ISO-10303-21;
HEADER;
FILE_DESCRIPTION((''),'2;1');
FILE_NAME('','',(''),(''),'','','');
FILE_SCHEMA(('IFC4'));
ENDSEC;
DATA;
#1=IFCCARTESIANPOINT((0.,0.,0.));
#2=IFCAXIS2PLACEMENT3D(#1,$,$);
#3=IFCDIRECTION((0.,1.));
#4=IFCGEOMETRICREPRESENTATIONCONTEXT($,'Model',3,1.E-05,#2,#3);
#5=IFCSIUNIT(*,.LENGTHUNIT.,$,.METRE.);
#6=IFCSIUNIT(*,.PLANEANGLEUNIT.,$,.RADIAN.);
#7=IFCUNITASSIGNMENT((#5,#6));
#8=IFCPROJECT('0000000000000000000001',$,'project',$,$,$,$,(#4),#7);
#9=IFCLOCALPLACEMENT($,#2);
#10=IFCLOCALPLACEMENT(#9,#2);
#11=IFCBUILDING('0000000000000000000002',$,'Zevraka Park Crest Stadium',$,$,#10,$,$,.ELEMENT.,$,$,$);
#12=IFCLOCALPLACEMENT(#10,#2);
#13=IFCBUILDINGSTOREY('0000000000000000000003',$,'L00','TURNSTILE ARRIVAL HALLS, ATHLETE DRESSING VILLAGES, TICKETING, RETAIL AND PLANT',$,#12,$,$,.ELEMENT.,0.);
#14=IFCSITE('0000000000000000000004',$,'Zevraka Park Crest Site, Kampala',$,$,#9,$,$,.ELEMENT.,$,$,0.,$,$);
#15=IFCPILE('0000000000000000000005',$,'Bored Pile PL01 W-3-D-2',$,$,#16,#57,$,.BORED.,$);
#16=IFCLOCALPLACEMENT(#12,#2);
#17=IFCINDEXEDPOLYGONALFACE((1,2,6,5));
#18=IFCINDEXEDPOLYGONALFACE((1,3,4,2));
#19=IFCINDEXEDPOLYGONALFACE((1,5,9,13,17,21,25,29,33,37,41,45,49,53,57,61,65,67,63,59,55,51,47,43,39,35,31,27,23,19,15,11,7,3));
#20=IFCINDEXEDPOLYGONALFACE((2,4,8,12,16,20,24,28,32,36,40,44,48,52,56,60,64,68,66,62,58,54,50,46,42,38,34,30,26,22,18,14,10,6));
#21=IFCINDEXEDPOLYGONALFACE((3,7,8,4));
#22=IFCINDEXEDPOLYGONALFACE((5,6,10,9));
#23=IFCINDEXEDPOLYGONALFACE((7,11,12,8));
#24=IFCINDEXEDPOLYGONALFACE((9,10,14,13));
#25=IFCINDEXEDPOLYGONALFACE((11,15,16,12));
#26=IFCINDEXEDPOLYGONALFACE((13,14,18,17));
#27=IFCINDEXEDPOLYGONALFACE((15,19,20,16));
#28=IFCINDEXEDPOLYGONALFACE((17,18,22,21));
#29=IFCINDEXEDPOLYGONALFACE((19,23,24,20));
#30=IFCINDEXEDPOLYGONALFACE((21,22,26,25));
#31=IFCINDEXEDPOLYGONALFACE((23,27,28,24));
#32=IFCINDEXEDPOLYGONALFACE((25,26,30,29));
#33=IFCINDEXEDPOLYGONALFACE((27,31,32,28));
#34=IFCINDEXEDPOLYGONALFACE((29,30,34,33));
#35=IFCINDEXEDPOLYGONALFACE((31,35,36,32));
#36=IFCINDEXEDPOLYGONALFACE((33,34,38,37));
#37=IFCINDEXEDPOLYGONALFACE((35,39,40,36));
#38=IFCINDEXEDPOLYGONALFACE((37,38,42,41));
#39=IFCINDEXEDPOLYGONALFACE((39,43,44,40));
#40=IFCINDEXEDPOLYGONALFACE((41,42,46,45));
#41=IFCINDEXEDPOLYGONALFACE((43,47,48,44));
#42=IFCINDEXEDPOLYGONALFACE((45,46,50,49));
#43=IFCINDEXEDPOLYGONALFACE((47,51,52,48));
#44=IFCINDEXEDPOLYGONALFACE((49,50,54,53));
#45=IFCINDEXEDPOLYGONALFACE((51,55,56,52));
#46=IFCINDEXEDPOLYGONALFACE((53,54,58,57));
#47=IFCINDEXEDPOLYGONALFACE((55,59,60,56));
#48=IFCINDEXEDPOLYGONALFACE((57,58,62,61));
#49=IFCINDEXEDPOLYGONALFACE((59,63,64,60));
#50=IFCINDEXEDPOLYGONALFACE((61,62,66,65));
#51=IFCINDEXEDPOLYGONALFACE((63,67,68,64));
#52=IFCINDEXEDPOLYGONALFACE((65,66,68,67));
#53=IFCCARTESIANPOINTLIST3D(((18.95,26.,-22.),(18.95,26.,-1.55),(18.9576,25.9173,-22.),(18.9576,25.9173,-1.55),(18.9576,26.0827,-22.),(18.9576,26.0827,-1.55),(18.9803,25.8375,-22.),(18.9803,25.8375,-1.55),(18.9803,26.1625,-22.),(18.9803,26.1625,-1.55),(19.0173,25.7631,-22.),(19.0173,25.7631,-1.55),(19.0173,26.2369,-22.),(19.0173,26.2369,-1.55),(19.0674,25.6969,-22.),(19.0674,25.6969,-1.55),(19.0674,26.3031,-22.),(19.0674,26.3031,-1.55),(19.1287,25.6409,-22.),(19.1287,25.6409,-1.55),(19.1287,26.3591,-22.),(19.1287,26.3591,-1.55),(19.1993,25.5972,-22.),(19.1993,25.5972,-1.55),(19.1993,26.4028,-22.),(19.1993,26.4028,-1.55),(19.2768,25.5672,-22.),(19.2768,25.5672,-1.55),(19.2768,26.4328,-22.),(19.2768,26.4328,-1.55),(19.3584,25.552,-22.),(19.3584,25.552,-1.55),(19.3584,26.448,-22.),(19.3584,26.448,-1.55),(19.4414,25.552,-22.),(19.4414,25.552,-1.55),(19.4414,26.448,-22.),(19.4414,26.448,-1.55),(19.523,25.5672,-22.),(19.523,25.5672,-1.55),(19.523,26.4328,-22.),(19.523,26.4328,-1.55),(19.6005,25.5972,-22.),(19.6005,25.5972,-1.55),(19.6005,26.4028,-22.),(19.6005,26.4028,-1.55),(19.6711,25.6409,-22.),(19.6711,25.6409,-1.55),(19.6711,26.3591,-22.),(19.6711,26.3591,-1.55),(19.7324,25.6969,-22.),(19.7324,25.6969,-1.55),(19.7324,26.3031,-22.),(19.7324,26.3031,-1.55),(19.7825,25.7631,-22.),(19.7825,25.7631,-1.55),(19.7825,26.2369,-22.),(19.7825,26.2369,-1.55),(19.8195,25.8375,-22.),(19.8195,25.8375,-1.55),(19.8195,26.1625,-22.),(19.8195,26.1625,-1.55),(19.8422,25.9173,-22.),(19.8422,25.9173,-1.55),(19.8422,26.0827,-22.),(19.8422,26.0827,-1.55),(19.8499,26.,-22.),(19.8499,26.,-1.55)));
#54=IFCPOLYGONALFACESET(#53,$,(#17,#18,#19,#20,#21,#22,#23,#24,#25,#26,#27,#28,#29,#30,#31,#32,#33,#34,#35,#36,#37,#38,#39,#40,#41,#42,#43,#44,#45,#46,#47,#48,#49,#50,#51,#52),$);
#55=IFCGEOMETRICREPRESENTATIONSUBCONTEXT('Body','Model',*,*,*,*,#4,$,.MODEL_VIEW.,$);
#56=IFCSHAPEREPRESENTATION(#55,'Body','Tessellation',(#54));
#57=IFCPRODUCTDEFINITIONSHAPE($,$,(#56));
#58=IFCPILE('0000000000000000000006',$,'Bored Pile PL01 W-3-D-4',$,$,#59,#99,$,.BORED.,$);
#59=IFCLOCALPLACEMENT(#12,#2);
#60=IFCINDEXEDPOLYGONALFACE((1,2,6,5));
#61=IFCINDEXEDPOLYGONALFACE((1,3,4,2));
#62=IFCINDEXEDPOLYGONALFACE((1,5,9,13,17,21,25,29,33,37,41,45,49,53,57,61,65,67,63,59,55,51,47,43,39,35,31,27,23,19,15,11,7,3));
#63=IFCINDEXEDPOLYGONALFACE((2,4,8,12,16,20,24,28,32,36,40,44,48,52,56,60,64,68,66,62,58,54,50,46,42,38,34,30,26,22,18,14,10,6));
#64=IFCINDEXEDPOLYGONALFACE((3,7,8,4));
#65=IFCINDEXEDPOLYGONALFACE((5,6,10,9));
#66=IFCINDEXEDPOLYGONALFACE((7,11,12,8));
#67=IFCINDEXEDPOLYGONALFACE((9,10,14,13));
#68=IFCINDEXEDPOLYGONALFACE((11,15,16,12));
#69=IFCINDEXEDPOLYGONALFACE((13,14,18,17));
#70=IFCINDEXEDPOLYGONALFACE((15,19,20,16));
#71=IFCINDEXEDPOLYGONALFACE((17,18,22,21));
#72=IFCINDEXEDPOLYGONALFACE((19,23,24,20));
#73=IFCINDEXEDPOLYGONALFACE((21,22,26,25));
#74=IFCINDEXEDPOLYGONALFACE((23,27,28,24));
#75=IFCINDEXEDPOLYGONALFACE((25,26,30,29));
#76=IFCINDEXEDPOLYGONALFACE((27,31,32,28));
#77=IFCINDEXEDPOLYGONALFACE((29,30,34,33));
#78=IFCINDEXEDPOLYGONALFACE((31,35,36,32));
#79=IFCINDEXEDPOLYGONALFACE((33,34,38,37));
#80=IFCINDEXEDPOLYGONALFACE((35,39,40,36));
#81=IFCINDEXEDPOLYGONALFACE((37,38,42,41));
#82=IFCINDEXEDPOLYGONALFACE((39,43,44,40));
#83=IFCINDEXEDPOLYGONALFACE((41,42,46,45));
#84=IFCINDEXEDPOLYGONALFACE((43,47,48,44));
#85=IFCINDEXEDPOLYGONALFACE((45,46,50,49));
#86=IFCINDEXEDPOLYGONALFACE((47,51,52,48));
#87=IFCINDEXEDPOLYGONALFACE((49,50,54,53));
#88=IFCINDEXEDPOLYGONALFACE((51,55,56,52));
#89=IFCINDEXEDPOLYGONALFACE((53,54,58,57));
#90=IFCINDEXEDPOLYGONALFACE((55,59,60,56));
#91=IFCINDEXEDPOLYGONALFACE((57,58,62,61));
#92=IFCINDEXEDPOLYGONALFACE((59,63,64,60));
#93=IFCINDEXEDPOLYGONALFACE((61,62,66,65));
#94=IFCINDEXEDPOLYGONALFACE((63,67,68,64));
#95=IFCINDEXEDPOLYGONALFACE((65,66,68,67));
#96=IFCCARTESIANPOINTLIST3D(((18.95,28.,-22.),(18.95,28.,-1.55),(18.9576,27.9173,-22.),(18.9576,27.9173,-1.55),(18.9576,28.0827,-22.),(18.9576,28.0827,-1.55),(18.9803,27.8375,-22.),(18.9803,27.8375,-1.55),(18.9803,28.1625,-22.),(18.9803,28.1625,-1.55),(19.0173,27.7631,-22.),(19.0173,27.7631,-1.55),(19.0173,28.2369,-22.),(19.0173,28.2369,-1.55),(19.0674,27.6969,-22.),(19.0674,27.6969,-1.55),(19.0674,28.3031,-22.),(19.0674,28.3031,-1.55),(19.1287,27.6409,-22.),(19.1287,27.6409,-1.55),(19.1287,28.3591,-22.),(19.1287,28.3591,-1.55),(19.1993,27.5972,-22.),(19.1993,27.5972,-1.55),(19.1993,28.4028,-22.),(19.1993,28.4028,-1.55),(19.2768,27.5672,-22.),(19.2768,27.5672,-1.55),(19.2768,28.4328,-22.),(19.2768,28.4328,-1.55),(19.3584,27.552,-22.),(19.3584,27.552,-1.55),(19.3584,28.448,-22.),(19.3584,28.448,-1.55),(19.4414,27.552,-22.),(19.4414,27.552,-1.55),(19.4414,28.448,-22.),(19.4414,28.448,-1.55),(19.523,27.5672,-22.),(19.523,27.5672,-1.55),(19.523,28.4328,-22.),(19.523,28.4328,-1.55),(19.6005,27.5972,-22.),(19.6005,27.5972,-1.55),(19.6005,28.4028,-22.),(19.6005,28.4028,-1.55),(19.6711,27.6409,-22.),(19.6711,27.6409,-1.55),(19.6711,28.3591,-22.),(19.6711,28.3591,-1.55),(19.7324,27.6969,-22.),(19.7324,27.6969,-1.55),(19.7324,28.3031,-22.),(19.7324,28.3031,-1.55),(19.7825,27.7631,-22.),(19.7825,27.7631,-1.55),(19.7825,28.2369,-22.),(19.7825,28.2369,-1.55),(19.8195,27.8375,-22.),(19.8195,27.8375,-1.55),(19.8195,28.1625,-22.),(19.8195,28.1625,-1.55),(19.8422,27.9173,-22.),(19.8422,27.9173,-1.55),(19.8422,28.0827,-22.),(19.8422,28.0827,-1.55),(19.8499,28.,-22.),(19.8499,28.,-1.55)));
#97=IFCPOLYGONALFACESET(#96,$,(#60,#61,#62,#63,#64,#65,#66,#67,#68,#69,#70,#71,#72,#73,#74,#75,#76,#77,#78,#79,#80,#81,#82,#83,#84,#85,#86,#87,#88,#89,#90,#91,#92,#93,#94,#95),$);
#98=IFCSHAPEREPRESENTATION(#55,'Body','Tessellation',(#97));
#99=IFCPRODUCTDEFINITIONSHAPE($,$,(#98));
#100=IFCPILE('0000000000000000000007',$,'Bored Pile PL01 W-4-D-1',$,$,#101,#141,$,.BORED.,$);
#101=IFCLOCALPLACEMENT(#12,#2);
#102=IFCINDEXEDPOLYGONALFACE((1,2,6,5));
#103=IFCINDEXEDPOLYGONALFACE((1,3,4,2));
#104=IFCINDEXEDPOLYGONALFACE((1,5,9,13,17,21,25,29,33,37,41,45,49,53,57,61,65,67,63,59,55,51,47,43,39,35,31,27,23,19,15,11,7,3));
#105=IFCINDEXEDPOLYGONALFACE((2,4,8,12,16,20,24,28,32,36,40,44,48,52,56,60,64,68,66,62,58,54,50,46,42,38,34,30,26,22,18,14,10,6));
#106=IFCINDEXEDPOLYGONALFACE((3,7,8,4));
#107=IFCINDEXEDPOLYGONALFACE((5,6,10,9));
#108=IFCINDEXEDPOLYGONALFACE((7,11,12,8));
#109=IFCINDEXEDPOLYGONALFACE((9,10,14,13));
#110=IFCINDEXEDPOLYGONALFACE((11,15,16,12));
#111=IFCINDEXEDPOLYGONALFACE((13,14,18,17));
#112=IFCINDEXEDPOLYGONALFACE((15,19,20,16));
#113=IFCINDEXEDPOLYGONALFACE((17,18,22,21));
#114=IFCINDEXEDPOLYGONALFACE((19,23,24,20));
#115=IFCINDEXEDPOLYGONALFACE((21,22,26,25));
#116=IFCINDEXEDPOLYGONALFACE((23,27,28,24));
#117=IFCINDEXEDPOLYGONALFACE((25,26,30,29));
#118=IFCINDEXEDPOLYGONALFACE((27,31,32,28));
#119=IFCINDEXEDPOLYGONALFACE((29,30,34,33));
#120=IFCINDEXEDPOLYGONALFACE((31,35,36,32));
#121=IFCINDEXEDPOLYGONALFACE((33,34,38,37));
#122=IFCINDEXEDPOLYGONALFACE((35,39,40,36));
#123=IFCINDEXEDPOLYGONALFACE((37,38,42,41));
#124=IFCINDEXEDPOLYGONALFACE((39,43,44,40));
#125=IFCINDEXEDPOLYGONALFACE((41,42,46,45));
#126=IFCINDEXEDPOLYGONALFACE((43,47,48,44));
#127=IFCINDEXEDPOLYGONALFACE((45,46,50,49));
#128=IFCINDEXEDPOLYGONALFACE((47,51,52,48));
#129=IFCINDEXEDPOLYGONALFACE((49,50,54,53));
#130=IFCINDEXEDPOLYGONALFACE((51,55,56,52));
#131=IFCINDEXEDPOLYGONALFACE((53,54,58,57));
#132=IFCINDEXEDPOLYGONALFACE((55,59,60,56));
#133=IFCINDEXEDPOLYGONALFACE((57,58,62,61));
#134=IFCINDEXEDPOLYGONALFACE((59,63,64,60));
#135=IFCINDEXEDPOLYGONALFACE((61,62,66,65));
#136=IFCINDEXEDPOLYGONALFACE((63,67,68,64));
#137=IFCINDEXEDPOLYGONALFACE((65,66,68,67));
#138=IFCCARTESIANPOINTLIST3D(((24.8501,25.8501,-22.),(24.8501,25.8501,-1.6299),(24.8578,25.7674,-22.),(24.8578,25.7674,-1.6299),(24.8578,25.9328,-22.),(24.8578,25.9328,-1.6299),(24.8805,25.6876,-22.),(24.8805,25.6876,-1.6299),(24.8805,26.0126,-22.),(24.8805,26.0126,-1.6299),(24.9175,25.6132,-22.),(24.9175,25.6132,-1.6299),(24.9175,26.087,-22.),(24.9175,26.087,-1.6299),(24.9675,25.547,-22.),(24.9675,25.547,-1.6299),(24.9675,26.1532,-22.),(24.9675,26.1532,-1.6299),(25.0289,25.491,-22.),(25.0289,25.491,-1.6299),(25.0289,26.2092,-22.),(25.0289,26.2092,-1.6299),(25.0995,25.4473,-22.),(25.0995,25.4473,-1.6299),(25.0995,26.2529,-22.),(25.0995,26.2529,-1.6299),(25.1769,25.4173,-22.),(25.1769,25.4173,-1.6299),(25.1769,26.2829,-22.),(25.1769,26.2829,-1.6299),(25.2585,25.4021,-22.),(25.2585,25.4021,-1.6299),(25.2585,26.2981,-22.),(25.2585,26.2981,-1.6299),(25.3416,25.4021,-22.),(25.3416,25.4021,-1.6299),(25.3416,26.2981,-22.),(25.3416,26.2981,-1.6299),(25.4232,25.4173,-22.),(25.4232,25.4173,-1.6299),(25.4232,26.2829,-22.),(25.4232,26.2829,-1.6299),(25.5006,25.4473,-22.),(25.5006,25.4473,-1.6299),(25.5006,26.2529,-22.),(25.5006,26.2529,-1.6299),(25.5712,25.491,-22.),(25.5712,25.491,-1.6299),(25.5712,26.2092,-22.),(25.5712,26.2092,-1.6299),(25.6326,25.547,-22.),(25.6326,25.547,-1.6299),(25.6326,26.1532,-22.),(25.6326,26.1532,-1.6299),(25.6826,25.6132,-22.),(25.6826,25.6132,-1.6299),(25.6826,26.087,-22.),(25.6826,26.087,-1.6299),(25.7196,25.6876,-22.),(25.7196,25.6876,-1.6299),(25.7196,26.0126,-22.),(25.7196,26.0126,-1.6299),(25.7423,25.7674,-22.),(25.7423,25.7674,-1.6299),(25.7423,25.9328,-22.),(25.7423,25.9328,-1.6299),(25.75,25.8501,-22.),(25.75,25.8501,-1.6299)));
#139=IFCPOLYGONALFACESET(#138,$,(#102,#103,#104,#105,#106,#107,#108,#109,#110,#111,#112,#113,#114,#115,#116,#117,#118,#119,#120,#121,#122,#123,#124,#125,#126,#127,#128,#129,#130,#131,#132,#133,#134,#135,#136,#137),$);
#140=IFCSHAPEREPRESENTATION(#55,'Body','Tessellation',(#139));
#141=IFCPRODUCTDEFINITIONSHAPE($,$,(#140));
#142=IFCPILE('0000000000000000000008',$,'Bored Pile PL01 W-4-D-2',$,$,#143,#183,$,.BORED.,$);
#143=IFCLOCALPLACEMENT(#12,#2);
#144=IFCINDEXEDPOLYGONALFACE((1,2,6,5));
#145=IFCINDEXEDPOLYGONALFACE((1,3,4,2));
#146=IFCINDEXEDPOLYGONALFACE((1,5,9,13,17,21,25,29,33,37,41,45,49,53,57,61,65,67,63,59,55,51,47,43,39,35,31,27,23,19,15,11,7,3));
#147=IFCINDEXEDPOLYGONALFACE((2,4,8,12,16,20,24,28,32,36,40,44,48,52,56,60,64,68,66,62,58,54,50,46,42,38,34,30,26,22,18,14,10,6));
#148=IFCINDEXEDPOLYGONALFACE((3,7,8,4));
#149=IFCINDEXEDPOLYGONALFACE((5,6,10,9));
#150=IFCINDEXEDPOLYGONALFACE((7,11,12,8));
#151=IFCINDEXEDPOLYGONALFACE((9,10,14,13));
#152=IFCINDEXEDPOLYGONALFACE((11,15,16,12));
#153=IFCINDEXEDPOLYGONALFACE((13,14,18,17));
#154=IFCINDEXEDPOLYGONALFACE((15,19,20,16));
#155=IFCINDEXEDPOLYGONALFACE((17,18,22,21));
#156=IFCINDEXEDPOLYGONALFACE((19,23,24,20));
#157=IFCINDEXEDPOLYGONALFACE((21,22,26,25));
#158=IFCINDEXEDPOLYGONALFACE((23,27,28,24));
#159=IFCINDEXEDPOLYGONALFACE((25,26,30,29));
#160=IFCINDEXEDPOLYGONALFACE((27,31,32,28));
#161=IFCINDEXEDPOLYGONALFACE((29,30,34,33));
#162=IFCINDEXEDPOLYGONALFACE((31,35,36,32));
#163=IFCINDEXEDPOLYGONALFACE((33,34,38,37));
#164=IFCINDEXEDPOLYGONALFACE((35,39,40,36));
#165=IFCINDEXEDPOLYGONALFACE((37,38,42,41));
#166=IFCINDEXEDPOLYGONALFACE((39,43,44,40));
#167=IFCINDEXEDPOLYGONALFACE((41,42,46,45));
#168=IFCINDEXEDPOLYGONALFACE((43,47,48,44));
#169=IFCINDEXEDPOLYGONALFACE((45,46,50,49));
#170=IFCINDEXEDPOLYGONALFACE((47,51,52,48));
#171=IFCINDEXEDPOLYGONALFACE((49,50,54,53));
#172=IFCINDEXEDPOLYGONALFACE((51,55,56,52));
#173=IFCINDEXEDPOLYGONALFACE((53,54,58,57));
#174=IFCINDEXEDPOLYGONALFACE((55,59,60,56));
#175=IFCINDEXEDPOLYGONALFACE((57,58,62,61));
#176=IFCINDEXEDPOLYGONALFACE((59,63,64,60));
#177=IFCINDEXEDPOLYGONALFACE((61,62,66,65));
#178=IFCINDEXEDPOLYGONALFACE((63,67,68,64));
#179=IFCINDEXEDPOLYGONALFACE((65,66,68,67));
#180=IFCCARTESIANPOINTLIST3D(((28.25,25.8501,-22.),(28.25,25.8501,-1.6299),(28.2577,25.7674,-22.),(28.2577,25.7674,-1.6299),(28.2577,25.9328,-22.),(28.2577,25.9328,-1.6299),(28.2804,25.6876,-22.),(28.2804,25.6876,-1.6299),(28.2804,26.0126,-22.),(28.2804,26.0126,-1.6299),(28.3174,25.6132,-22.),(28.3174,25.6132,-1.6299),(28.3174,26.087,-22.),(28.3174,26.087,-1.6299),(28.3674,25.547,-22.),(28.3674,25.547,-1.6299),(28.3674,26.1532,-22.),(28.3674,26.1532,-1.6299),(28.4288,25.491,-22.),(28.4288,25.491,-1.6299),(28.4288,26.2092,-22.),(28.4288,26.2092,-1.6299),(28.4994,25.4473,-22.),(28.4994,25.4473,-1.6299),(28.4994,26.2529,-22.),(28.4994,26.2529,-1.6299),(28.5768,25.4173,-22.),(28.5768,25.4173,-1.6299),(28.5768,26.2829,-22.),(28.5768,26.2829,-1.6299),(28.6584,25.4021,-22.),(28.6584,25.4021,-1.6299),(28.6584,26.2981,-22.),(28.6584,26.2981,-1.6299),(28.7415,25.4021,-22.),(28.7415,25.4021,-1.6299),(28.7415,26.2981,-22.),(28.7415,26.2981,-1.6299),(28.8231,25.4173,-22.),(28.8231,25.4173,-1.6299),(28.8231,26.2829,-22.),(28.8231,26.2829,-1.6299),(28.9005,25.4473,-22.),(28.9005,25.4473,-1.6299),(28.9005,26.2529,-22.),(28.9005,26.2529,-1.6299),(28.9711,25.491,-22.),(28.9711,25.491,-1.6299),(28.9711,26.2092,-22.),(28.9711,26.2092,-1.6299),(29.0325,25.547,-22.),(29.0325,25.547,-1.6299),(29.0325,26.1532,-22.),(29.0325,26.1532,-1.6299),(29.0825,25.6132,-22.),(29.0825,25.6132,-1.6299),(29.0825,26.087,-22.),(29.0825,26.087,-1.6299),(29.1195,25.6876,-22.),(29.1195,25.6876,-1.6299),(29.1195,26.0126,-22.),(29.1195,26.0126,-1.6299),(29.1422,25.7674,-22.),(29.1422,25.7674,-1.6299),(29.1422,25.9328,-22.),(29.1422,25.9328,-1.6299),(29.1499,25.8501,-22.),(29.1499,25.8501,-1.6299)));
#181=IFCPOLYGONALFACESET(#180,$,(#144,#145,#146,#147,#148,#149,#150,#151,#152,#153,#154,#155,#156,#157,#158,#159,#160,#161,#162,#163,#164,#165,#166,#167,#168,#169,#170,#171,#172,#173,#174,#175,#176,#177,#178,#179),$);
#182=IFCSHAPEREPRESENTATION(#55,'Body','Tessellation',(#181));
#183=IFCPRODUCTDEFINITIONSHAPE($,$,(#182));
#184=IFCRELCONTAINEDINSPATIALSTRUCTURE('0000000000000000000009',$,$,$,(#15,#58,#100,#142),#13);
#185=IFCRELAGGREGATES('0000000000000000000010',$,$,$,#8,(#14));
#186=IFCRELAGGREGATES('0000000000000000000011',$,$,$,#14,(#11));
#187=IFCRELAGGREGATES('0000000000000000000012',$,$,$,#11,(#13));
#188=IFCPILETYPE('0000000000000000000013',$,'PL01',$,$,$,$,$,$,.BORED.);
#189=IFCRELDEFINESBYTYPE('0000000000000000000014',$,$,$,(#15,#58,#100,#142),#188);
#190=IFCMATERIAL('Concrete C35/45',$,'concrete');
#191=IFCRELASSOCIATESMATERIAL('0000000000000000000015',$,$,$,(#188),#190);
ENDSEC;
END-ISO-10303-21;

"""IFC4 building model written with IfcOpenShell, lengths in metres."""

from ifc_helpers import new_model, si_unit, direction, frame, origin, origin_2d, place, context, subcontext, project, spatial, circle, extrude, material, material_profile, profile_set, type_object, element, save


model = new_model("IFC4")

# Units and contexts
model_context = context("Model", 3, precision=1e-05, world=origin(), true_north=direction((0.0, 1.0)))
body_context = subcontext(model_context, "Body", "Model", "MODEL_VIEW")
ifc_project = project(units=[si_unit("LENGTHUNIT", "METRE"), si_unit("PLANEANGLEUNIT", "RADIAN")], contexts=[model_context])

# Site, building, storey
site_placement = place(None, origin())
site = spatial("IfcSite", under=ifc_project, at=site_placement, Name="Zevraka Park Crest Site, Kampala", CompositionType="ELEMENT", RefElevation=0.0)
building_placement = place(site_placement, origin())
building = spatial("IfcBuilding", under=site, at=building_placement, Name="Zevraka Park Crest Stadium", CompositionType="ELEMENT")
storey_placement = place(building_placement, origin())
storey = spatial("IfcBuildingStorey", under=building, at=storey_placement, Name="L00", Description="TURNSTILE ARRIVAL HALLS, ATHLETE DRESSING VILLAGES, TICKETING, RETAIL AND PLANT", CompositionType="ELEMENT", Elevation=0.0)

# Piles
ifc_material_1 = material(Name="Concrete C35/45", Category="concrete")
ifc_material_profile_1 = material_profile(ifc_material_1, circle(Radius=0.45, at=origin_2d()), Name="PILE D900")
ifc_profile_set_1 = profile_set([ifc_material_profile_1], Name="Concrete C35/45")
pile_type_1 = type_object("IfcPileType", Name="PL01", PredefinedType="BORED", material=ifc_profile_set_1)
for number, where, z_axis, x_axis, name in (
    (1, (19.3999, 26.0, -1.55), (0.0, 0.0, -1.0), (1.0, 0.0, 0.0), "Bored Pile PL01 W-3-D-2"),
    (2, (19.3999, 28.0, -1.55), (0.0, 0.0, -1.0), (1.0, 0.0, 0.0), "Bored Pile PL01 W-3-D-4"),
):
    element("IfcPile", number, at=place(storey_placement, frame(where, z_axis=z_axis, x_axis=x_axis)), inside=storey, type_object=pile_type_1, Name=name, PredefinedType="BORED", context=body_context, shape_type="SweptSolid", body=[
        extrude(circle(Radius=0.45, at=origin_2d()), origin(), (0.0, 0.0, 1.0), 20.45),
    ])
for number, where, z_axis, x_axis, name in (
    (3, (25.3, 25.8501, -1.6299), (0.0, 0.0, -1.0), (1.0, 0.0, 0.0), "Bored Pile PL01 W-4-D-1"),
    (4, (28.7, 25.8501, -1.6299), (0.0, 0.0, -1.0), (1.0, 0.0, 0.0), "Bored Pile PL01 W-4-D-2"),
):
    element("IfcPile", number, at=place(storey_placement, frame(where, z_axis=z_axis, x_axis=x_axis)), inside=storey, type_object=pile_type_1, Name=name, PredefinedType="BORED", context=body_context, shape_type="SweptSolid", body=[
        extrude(circle(Radius=0.45, at=origin_2d()), origin(), (0.0, 0.0, 1.0), 20.3701),
    ])

save(model, "model.ifc")
